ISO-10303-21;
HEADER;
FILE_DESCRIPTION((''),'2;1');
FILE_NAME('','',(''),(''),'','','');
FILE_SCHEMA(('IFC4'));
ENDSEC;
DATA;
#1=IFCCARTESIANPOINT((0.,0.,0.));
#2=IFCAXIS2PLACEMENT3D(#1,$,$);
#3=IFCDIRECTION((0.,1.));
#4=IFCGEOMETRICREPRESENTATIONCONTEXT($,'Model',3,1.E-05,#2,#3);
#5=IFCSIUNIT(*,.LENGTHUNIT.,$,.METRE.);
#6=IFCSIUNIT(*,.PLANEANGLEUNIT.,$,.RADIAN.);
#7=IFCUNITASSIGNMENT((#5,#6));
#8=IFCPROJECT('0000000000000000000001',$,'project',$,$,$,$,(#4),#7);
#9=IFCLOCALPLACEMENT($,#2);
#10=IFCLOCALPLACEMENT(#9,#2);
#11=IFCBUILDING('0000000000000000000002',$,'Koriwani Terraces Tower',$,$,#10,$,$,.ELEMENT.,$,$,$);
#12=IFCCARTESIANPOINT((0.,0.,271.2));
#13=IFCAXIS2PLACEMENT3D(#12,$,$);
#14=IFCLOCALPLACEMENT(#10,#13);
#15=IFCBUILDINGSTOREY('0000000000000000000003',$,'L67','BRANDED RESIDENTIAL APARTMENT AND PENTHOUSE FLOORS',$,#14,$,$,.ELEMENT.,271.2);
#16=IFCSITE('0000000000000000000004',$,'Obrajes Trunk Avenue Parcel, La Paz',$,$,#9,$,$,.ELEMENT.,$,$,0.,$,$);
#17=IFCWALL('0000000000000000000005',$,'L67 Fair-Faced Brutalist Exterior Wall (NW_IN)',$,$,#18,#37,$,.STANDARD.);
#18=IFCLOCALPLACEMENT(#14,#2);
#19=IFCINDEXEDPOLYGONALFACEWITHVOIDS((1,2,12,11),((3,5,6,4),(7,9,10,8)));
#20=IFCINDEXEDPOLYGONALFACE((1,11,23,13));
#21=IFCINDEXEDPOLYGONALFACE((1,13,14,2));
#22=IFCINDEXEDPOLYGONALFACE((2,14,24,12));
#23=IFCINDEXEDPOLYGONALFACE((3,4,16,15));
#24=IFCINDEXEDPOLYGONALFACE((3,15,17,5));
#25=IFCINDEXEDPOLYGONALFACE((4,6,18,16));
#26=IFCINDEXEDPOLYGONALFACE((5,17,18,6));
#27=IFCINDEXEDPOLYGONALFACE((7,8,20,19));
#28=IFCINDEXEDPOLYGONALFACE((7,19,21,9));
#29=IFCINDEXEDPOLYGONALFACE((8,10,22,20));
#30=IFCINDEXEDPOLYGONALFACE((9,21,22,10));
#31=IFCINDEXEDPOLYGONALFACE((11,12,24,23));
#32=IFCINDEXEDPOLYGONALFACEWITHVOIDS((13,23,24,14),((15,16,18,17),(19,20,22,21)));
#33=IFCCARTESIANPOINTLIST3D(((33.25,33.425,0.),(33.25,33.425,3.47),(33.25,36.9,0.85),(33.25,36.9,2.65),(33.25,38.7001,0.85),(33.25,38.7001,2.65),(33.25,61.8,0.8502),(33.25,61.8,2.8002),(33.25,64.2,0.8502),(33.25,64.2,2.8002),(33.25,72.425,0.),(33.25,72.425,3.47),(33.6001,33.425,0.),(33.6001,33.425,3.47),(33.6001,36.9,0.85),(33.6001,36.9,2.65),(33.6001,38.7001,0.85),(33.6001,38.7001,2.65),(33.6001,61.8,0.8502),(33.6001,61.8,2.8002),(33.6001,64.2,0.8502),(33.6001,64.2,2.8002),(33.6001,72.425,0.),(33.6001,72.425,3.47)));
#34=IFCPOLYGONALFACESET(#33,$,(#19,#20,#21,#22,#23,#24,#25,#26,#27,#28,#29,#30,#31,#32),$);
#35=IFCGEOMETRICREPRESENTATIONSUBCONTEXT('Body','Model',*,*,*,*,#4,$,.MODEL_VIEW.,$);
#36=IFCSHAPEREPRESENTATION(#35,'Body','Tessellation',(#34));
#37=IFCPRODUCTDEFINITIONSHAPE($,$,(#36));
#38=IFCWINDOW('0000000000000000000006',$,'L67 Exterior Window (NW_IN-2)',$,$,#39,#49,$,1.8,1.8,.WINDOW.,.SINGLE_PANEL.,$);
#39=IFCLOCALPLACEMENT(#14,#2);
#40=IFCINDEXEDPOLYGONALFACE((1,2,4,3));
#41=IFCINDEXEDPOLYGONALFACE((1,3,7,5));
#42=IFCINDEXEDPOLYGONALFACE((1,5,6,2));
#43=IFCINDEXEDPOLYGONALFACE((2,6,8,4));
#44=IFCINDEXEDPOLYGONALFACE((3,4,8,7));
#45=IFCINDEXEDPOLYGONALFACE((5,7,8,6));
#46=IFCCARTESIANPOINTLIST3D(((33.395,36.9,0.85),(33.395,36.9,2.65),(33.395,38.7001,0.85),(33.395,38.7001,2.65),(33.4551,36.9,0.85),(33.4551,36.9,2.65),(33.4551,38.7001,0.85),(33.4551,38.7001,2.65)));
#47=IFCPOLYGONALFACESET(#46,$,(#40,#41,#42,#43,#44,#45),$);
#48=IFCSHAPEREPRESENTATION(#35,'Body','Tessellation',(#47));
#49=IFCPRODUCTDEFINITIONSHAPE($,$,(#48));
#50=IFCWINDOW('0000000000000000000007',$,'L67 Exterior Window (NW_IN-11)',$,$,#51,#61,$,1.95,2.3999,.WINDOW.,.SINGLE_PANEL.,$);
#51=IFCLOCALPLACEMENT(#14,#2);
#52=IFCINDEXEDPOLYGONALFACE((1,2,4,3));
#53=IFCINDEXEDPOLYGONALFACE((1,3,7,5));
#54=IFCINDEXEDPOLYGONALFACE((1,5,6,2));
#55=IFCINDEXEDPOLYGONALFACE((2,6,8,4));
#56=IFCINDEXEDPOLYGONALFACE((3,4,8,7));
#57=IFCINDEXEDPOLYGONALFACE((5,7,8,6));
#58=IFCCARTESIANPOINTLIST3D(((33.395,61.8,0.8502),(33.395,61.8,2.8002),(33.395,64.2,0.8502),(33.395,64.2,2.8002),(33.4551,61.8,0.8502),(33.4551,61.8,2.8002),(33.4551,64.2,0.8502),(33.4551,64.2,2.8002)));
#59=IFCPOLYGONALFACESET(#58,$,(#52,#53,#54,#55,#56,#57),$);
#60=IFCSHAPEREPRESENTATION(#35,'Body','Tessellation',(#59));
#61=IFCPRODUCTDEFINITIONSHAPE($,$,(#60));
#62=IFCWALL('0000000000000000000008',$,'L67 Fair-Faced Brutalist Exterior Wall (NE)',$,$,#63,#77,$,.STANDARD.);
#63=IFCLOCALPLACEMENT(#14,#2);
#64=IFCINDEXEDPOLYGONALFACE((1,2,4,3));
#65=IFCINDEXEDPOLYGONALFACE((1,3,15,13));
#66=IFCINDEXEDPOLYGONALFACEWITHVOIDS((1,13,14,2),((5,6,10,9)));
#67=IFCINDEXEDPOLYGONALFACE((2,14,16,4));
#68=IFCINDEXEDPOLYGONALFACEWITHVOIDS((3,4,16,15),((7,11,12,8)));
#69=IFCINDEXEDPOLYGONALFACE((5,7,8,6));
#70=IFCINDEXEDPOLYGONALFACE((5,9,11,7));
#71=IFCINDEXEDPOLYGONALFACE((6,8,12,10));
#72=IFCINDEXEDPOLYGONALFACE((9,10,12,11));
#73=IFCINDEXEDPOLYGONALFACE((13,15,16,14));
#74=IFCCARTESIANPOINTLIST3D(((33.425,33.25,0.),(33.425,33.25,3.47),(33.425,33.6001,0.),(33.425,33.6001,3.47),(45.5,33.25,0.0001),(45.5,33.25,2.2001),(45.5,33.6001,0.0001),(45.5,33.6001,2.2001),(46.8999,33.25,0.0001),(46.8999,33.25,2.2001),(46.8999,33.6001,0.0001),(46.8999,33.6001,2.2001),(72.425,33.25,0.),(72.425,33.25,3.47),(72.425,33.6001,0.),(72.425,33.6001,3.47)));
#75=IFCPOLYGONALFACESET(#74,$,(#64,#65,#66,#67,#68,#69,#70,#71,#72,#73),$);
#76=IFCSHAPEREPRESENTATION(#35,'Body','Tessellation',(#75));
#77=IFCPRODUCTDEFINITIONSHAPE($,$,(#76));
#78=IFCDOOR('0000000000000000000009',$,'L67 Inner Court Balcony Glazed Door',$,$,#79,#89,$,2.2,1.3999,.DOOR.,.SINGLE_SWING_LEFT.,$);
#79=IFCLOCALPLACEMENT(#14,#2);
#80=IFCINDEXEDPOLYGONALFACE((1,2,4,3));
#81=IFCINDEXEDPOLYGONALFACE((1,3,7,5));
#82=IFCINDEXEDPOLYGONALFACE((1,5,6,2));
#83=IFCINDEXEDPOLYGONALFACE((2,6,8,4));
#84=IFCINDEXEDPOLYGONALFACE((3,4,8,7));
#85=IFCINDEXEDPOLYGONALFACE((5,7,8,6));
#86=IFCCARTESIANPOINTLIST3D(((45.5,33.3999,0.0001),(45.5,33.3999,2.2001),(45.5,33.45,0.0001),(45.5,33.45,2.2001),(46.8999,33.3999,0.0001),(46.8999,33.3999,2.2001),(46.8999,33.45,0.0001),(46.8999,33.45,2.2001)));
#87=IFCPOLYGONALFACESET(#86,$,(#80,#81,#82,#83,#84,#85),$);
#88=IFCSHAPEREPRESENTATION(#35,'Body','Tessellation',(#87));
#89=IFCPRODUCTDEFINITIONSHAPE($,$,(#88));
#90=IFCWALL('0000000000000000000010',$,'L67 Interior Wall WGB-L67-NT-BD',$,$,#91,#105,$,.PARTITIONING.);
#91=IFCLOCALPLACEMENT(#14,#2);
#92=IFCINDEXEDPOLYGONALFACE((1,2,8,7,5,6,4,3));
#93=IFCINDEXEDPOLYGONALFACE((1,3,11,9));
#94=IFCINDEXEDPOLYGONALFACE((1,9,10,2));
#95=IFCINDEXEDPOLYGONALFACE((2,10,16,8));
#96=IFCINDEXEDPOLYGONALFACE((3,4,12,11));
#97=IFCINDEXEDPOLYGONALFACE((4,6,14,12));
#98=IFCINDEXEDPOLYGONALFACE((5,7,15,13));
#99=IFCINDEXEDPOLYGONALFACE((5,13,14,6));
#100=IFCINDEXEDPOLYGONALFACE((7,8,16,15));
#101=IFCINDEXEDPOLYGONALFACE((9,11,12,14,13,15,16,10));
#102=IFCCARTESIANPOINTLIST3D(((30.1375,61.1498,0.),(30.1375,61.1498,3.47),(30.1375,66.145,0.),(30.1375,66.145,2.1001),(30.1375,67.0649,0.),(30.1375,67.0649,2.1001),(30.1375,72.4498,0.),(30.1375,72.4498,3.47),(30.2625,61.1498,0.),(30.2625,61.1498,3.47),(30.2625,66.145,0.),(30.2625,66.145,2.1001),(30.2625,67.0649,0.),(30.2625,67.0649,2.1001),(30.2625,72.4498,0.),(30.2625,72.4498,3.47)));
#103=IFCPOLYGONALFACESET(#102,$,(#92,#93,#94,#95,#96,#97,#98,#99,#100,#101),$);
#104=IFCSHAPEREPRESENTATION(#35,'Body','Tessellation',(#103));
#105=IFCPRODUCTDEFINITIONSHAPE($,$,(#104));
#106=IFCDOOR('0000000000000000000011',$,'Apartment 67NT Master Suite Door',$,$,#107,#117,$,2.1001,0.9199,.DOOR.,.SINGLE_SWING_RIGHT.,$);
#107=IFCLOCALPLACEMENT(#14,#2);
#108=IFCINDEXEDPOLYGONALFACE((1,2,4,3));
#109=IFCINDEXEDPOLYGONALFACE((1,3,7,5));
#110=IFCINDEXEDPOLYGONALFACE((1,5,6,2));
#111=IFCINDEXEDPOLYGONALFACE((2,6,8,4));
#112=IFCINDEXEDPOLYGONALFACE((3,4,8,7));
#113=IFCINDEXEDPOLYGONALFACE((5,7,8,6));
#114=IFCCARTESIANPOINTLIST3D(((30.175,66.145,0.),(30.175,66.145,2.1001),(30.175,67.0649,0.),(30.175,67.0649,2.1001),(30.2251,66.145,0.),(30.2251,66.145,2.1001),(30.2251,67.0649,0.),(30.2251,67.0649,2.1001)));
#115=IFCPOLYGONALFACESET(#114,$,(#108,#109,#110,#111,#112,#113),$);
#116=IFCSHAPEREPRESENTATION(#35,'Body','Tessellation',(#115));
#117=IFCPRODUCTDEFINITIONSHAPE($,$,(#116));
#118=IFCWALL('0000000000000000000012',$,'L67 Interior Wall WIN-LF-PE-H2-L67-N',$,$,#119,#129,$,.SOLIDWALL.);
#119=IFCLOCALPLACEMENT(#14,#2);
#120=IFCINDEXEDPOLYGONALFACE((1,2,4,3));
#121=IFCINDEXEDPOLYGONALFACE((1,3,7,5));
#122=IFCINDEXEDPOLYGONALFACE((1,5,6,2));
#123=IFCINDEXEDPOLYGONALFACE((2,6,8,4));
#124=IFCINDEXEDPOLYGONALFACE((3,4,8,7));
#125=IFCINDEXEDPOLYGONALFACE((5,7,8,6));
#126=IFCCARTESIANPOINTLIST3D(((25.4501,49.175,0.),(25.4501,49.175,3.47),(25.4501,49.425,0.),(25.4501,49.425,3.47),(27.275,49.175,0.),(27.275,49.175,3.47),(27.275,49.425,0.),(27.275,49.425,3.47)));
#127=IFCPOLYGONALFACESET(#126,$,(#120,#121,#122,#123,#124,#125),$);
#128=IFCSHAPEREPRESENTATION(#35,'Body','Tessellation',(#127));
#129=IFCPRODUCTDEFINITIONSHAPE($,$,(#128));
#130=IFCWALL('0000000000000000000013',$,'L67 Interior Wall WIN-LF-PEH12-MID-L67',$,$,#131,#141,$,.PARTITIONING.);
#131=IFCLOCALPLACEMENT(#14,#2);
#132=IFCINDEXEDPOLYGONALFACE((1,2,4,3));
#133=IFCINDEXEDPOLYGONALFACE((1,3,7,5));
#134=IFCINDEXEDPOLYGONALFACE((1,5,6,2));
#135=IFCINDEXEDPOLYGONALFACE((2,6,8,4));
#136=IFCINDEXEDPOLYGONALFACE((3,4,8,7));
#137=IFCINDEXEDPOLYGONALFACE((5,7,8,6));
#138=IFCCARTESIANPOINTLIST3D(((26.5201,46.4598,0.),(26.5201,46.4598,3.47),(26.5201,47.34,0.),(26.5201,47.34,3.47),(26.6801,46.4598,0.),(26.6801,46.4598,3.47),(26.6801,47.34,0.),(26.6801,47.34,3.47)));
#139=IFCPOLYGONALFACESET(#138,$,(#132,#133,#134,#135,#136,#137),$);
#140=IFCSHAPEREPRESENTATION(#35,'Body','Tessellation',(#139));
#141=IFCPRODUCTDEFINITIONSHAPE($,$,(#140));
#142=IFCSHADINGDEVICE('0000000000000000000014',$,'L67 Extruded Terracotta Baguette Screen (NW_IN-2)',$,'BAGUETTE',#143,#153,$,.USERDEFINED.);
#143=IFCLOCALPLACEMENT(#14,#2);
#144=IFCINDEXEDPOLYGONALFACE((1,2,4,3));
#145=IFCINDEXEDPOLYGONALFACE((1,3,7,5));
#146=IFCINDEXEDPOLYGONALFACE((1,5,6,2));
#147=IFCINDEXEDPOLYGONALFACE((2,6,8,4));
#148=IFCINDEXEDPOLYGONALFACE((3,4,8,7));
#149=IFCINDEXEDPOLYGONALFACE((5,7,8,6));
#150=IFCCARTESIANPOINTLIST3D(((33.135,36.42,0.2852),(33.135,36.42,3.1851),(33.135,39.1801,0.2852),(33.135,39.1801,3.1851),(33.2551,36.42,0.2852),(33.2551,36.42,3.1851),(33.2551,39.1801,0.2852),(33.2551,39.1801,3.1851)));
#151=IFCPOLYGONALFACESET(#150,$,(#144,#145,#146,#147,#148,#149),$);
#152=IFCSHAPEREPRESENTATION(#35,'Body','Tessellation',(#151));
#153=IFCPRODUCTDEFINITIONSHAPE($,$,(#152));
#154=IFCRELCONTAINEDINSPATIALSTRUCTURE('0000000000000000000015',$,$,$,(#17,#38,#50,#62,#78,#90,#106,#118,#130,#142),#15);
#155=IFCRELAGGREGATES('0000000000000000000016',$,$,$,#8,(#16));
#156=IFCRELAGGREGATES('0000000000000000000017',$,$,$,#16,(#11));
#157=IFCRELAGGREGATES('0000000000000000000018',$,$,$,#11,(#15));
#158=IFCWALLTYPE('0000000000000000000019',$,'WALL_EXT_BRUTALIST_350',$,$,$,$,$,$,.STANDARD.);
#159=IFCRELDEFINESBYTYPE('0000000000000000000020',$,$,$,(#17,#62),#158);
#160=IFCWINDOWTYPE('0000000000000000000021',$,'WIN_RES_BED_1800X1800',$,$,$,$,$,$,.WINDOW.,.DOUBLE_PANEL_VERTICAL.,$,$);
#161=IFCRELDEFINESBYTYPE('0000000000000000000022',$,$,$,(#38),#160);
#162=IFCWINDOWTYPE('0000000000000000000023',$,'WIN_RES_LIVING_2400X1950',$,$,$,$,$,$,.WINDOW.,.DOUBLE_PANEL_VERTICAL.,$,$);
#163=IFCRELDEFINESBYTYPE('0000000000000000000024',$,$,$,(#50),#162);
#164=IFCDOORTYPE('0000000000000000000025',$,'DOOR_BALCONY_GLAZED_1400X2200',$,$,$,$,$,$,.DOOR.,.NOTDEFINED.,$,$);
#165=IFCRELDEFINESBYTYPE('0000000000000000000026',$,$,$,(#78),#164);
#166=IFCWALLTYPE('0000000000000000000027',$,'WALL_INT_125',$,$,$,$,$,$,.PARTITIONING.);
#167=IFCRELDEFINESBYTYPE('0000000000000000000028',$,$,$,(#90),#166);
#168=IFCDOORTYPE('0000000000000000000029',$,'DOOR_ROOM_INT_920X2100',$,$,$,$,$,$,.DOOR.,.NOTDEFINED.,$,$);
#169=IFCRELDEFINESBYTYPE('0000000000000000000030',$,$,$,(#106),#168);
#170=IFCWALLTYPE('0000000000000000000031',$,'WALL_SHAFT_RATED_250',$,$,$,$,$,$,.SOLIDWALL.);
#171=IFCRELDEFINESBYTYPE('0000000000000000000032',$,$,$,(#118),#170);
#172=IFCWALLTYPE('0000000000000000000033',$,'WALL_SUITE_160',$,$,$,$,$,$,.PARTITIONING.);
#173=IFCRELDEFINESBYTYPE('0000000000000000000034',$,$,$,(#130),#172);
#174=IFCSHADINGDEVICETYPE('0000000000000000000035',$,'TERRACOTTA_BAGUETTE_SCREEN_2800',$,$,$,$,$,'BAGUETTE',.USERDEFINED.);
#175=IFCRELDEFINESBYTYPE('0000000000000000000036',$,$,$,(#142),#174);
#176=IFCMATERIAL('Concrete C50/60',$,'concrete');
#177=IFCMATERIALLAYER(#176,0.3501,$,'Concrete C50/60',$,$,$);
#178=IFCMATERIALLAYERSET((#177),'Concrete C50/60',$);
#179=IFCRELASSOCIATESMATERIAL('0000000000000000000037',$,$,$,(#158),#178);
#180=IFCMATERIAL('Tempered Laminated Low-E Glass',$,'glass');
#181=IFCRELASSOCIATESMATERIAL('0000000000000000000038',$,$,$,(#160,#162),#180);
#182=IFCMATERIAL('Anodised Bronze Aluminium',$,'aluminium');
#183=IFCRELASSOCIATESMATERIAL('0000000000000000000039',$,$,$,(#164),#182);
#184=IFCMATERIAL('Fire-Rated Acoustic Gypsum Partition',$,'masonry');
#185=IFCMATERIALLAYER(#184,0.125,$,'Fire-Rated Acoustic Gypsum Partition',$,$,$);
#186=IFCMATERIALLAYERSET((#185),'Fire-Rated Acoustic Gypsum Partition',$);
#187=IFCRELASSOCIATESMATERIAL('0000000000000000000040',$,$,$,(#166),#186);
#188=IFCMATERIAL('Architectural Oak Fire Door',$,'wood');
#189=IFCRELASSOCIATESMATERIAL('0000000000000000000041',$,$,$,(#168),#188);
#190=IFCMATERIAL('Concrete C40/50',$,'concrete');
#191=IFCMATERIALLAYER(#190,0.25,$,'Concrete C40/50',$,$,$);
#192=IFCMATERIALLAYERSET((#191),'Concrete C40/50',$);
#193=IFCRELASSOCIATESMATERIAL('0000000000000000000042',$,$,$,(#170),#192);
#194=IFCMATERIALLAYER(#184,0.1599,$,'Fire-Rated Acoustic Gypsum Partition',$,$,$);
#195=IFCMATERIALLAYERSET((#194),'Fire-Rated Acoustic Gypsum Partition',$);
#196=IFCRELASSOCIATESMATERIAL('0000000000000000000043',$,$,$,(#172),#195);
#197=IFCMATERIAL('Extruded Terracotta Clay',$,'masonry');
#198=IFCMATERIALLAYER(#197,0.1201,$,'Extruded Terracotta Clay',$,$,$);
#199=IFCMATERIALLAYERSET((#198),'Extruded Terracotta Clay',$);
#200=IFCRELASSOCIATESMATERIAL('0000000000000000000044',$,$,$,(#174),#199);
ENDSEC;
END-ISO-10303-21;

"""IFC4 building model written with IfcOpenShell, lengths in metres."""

from ifc_helpers import new_model, si_unit, direction, frame, frame_2d, origin, origin_2d, place, context, subcontext, project, spatial, rectangle, extrude, material, layer, layer_set, type_object, element, fill, save


model = new_model("IFC4")

# Units and contexts
model_context = context("Model", 3, precision=1e-05, world=origin(), true_north=direction((0.0, 1.0)))
body_context = subcontext(model_context, "Body", "Model", "MODEL_VIEW")
ifc_project = project(units=[si_unit("LENGTHUNIT", "METRE"), si_unit("PLANEANGLEUNIT", "RADIAN")], contexts=[model_context])

# Site, building, storey
site_placement = place(None, origin())
site = spatial("IfcSite", under=ifc_project, at=site_placement, Name="Obrajes Trunk Avenue Parcel, La Paz", CompositionType="ELEMENT", RefElevation=0.0)
building_placement = place(site_placement, origin())
building = spatial("IfcBuilding", under=site, at=building_placement, Name="Koriwani Terraces Tower", CompositionType="ELEMENT")
storey_placement = place(building_placement, frame((0.0, 0.0, 271.2)))
storey = spatial("IfcBuildingStorey", under=building, at=storey_placement, Name="L67", Description="BRANDED RESIDENTIAL APARTMENT AND PENTHOUSE FLOORS", CompositionType="ELEMENT", Elevation=271.2)

# Shared definitions
ifc_material_1 = material(Name="Concrete C50/60", Category="concrete")

# Shared definitions
ifc_layer_1 = layer(ifc_material_1, 0.3501, Name="Concrete C50/60")
ifc_layer_set_1 = layer_set([ifc_layer_1], Name="Concrete C50/60")
wall_type_1 = type_object("IfcWallType", Name="WALL_EXT_BRUTALIST_350", PredefinedType="STANDARD", material=ifc_layer_set_1)

# Shared definitions
ifc_material_2 = material(Name="Tempered Laminated Low-E Glass", Category="glass")
window_type_1 = type_object("IfcWindowType", Name="WIN_RES_BED_1800X1800", PartitioningType="DOUBLE_PANEL_VERTICAL", PredefinedType="WINDOW", material=ifc_material_2)

# Wall, openings, windows
wall_1_placement = place(storey_placement, frame((33.425, 72.425, 0.0), z_axis=(0.0, 0.0, 1.0), x_axis=(0.0, -1.0, 0.0)))
wall_1 = element("IfcWall", 1, at=wall_1_placement, inside=storey, type_object=wall_type_1, Name="L67 Fair-Faced Brutalist Exterior Wall (NW_IN)", PredefinedType="STANDARD", context=body_context, shape_type="SweptSolid", body=[
    extrude(rectangle(XDim=39.0, YDim=0.3501, at=frame_2d((19.5, 0.0))), origin(), (0.0, 0.0, 1.0), 3.47),
])
opening_1_placement = place(wall_1_placement, frame((33.7251, 0.0, 0.8501)))
opening_1 = element("IfcOpeningElement", 2, at=opening_1_placement, cuts=wall_1, PredefinedType="OPENING", context=body_context, shape_type="SweptSolid", body=[
    extrude(rectangle(XDim=1.8, YDim=1.8, at=frame_2d((0.8999, 0.8999))), frame((0.0, 0.1851, 0.0), z_axis=(0.0, -1.0, 0.0), x_axis=(1.0, 0.0, 0.0)), (0.0, 0.0, 1.0), 0.3701),
])
opening_2_placement = place(wall_1_placement, frame((8.2251, 0.0, 0.8501)))
opening_2 = element("IfcOpeningElement", 3, at=opening_2_placement, cuts=wall_1, PredefinedType="OPENING", context=body_context, shape_type="SweptSolid", body=[
    extrude(rectangle(XDim=2.3999, YDim=1.95, at=frame_2d((1.2, 0.9751))), frame((0.0, 0.1851, 0.0), z_axis=(0.0, -1.0, 0.0), x_axis=(1.0, 0.0, 0.0)), (0.0, 0.0, 1.0), 0.3701),
])
window_1_placement = place(opening_1_placement, origin())
window_1 = element("IfcWindow", 4, at=window_1_placement, inside=storey, type_object=window_type_1, Name="L67 Exterior Window (NW_IN-2)", OverallHeight=1.8, OverallWidth=1.8, PartitioningType="SINGLE_PANEL", PredefinedType="WINDOW", context=body_context, shape_type="SweptSolid", body=[
    extrude(rectangle(XDim=1.8, YDim=1.8, at=frame_2d((0.8999, 0.8999))), frame((0.0, 0.03, 0.0), z_axis=(0.0, -1.0, 0.0), x_axis=(1.0, 0.0, 0.0)), (0.0, 0.0, 1.0), 0.0601),
])
fill(opening_1, window_1)
window_type_2 = type_object("IfcWindowType", Name="WIN_RES_LIVING_2400X1950", PartitioningType="DOUBLE_PANEL_VERTICAL", PredefinedType="WINDOW", material=ifc_material_2)
window_2_placement = place(opening_2_placement, origin())
window_2 = element("IfcWindow", 5, at=window_2_placement, inside=storey, type_object=window_type_2, Name="L67 Exterior Window (NW_IN-11)", OverallHeight=1.95, OverallWidth=2.3999, PartitioningType="SINGLE_PANEL", PredefinedType="WINDOW", context=body_context, shape_type="SweptSolid", body=[
    extrude(rectangle(XDim=2.3999, YDim=1.95, at=frame_2d((1.2, 0.9751))), frame((0.0, 0.03, 0.0), z_axis=(0.0, -1.0, 0.0), x_axis=(1.0, 0.0, 0.0)), (0.0, 0.0, 1.0), 0.0601),
])
fill(opening_2, window_2)

# Walls, openings, doors
wall_2_placement = place(storey_placement, frame((33.425, 33.425, 0.0), z_axis=(0.0, 0.0, 1.0), x_axis=(1.0, 0.0, 0.0)))
wall_2 = element("IfcWall", 6, at=wall_2_placement, inside=storey, type_object=wall_type_1, Name="L67 Fair-Faced Brutalist Exterior Wall (NE)", PredefinedType="STANDARD", context=body_context, shape_type="SweptSolid", body=[
    extrude(rectangle(XDim=39.0, YDim=0.3501, at=frame_2d((19.5, 0.0))), origin(), (0.0, 0.0, 1.0), 3.47),
])
opening_3_placement = place(wall_2_placement, frame((12.075, 0.0, 0.0)))
opening_3 = element("IfcOpeningElement", 7, at=opening_3_placement, cuts=wall_2, PredefinedType="OPENING", context=body_context, shape_type="SweptSolid", body=[
    extrude(rectangle(XDim=1.3999, YDim=2.2, at=frame_2d((0.7, 1.1001))), frame((0.0, 0.1851, 0.0), z_axis=(0.0, -1.0, 0.0), x_axis=(1.0, 0.0, 0.0)), (0.0, 0.0, 1.0), 0.3701),
])
ifc_material_3 = material(Name="Anodised Bronze Aluminium", Category="aluminium")
door_type_1 = type_object("IfcDoorType", Name="DOOR_BALCONY_GLAZED_1400X2200", OperationType="NOTDEFINED", PredefinedType="DOOR", material=ifc_material_3)
door_1_placement = place(opening_3_placement, origin())
door_1 = element("IfcDoor", 8, at=door_1_placement, inside=storey, type_object=door_type_1, Name="L67 Inner Court Balcony Glazed Door", OperationType="SINGLE_SWING_LEFT", OverallHeight=2.2, OverallWidth=1.3999, PredefinedType="DOOR", context=body_context, shape_type="SweptSolid", body=[
    extrude(rectangle(XDim=1.3999, YDim=2.2, at=frame_2d((0.7, 1.1001))), frame((0.0, 0.0249, 0.0), z_axis=(0.0, -1.0, 0.0), x_axis=(1.0, 0.0, 0.0)), (0.0, 0.0, 1.0), 0.05),
])
fill(opening_3, door_1)
ifc_material_4 = material(Name="Fire-Rated Acoustic Gypsum Partition", Category="masonry")
ifc_layer_2 = layer(ifc_material_4, 0.125, Name="Fire-Rated Acoustic Gypsum Partition")
ifc_layer_set_2 = layer_set([ifc_layer_2], Name="Fire-Rated Acoustic Gypsum Partition")
wall_type_2 = type_object("IfcWallType", Name="WALL_INT_125", PredefinedType="PARTITIONING", material=ifc_layer_set_2)
wall_3_placement = place(storey_placement, frame((30.2, 61.1499, 0.0), z_axis=(0.0, 0.0, 1.0), x_axis=(0.0, 1.0, 0.0)))
wall_3 = element("IfcWall", 9, at=wall_3_placement, inside=storey, type_object=wall_type_2, Name="L67 Interior Wall WGB-L67-NT-BD", PredefinedType="PARTITIONING", context=body_context, shape_type="SweptSolid", body=[
    extrude(rectangle(XDim=11.3, YDim=0.125, at=frame_2d((5.6499, 0.0))), origin(), (0.0, 0.0, 1.0), 3.47),
])
opening_4_placement = place(wall_3_placement, frame((4.9951, 0.0, 0.0)))
opening_4 = element("IfcOpeningElement", 10, at=opening_4_placement, cuts=wall_3, PredefinedType="OPENING", context=body_context, shape_type="SweptSolid", body=[
    extrude(rectangle(XDim=0.9199, YDim=2.1001, at=frame_2d((0.46, 1.05))), frame((0.0, 0.0725, 0.0), z_axis=(0.0, -1.0, 0.0), x_axis=(1.0, 0.0, 0.0)), (0.0, 0.0, 1.0), 0.145),
])
ifc_material_5 = material(Name="Architectural Oak Fire Door", Category="wood")
door_type_2 = type_object("IfcDoorType", Name="DOOR_ROOM_INT_920X2100", OperationType="NOTDEFINED", PredefinedType="DOOR", material=ifc_material_5)
door_2_placement = place(opening_4_placement, origin())
door_2 = element("IfcDoor", 11, at=door_2_placement, inside=storey, type_object=door_type_2, Name="Apartment 67NT Master Suite Door", OperationType="SINGLE_SWING_RIGHT", OverallHeight=2.1001, OverallWidth=0.9199, PredefinedType="DOOR", context=body_context, shape_type="SweptSolid", body=[
    extrude(rectangle(XDim=0.9199, YDim=2.1001, at=frame_2d((0.46, 1.05))), frame((0.0, 0.0249, 0.0), z_axis=(0.0, -1.0, 0.0), x_axis=(1.0, 0.0, 0.0)), (0.0, 0.0, 1.0), 0.05),
])
fill(opening_4, door_2)
ifc_material_6 = material(Name="Concrete C40/50", Category="concrete")
ifc_layer_3 = layer(ifc_material_6, 0.25, Name="Concrete C40/50")
ifc_layer_set_3 = layer_set([ifc_layer_3], Name="Concrete C40/50")
wall_type_3 = type_object("IfcWallType", Name="WALL_SHAFT_RATED_250", PredefinedType="SOLIDWALL", material=ifc_layer_set_3)

# Walls
wall_4_placement = place(storey_placement, frame((25.45, 49.3, 0.0), z_axis=(0.0, 0.0, 1.0), x_axis=(1.0, 0.0, 0.0)))
element("IfcWall", 12, at=wall_4_placement, inside=storey, type_object=wall_type_3, Name="L67 Interior Wall WIN-LF-PE-H2-L67-N", PredefinedType="SOLIDWALL", context=body_context, shape_type="SweptSolid", body=[
    extrude(rectangle(XDim=1.825, YDim=0.25, at=frame_2d((0.9126, 0.0))), origin(), (0.0, 0.0, 1.0), 3.47),
])
ifc_layer_4 = layer(ifc_material_4, 0.1599, Name="Fire-Rated Acoustic Gypsum Partition")
ifc_layer_set_4 = layer_set([ifc_layer_4], Name="Fire-Rated Acoustic Gypsum Partition")
wall_type_4 = type_object("IfcWallType", Name="WALL_SUITE_160", PredefinedType="PARTITIONING", material=ifc_layer_set_4)
wall_5_placement = place(storey_placement, frame((26.6001, 46.46, 0.0), z_axis=(0.0, 0.0, 1.0), x_axis=(0.0, 1.0, 0.0)))
element("IfcWall", 13, at=wall_5_placement, inside=storey, type_object=wall_type_4, Name="L67 Interior Wall WIN-LF-PEH12-MID-L67", PredefinedType="PARTITIONING", context=body_context, shape_type="SweptSolid", body=[
    extrude(rectangle(XDim=0.8801, YDim=0.1599, at=frame_2d((0.4399, 0.0))), origin(), (0.0, 0.0, 1.0), 3.47),
])

# Shading device
ifc_material_7 = material(Name="Extruded Terracotta Clay", Category="masonry")
ifc_layer_5 = layer(ifc_material_7, 0.1201, Name="Extruded Terracotta Clay")
ifc_layer_set_5 = layer_set([ifc_layer_5], Name="Extruded Terracotta Clay")
shading_device_type = type_object("IfcShadingDeviceType", Name="TERRACOTTA_BAGUETTE_SCREEN_2800", ElementType="BAGUETTE", PredefinedType="USERDEFINED", material=ifc_layer_set_5)
shading_device_placement = place(storey_placement, frame((33.1951, 37.8, 0.2852), z_axis=(0.0, 0.0, 1.0), x_axis=(0.0, -1.0, 0.0)))
element("IfcShadingDevice", 14, at=shading_device_placement, inside=storey, type_object=shading_device_type, Name="L67 Extruded Terracotta Baguette Screen (NW_IN-2)", ObjectType="BAGUETTE", PredefinedType="USERDEFINED", context=body_context, shape_type="SweptSolid", body=[
    extrude(rectangle(XDim=2.76, YDim=0.1201, at=origin_2d()), origin(), (0.0, 0.0, 1.0), 2.8999),
])

save(model, "model.ifc")
